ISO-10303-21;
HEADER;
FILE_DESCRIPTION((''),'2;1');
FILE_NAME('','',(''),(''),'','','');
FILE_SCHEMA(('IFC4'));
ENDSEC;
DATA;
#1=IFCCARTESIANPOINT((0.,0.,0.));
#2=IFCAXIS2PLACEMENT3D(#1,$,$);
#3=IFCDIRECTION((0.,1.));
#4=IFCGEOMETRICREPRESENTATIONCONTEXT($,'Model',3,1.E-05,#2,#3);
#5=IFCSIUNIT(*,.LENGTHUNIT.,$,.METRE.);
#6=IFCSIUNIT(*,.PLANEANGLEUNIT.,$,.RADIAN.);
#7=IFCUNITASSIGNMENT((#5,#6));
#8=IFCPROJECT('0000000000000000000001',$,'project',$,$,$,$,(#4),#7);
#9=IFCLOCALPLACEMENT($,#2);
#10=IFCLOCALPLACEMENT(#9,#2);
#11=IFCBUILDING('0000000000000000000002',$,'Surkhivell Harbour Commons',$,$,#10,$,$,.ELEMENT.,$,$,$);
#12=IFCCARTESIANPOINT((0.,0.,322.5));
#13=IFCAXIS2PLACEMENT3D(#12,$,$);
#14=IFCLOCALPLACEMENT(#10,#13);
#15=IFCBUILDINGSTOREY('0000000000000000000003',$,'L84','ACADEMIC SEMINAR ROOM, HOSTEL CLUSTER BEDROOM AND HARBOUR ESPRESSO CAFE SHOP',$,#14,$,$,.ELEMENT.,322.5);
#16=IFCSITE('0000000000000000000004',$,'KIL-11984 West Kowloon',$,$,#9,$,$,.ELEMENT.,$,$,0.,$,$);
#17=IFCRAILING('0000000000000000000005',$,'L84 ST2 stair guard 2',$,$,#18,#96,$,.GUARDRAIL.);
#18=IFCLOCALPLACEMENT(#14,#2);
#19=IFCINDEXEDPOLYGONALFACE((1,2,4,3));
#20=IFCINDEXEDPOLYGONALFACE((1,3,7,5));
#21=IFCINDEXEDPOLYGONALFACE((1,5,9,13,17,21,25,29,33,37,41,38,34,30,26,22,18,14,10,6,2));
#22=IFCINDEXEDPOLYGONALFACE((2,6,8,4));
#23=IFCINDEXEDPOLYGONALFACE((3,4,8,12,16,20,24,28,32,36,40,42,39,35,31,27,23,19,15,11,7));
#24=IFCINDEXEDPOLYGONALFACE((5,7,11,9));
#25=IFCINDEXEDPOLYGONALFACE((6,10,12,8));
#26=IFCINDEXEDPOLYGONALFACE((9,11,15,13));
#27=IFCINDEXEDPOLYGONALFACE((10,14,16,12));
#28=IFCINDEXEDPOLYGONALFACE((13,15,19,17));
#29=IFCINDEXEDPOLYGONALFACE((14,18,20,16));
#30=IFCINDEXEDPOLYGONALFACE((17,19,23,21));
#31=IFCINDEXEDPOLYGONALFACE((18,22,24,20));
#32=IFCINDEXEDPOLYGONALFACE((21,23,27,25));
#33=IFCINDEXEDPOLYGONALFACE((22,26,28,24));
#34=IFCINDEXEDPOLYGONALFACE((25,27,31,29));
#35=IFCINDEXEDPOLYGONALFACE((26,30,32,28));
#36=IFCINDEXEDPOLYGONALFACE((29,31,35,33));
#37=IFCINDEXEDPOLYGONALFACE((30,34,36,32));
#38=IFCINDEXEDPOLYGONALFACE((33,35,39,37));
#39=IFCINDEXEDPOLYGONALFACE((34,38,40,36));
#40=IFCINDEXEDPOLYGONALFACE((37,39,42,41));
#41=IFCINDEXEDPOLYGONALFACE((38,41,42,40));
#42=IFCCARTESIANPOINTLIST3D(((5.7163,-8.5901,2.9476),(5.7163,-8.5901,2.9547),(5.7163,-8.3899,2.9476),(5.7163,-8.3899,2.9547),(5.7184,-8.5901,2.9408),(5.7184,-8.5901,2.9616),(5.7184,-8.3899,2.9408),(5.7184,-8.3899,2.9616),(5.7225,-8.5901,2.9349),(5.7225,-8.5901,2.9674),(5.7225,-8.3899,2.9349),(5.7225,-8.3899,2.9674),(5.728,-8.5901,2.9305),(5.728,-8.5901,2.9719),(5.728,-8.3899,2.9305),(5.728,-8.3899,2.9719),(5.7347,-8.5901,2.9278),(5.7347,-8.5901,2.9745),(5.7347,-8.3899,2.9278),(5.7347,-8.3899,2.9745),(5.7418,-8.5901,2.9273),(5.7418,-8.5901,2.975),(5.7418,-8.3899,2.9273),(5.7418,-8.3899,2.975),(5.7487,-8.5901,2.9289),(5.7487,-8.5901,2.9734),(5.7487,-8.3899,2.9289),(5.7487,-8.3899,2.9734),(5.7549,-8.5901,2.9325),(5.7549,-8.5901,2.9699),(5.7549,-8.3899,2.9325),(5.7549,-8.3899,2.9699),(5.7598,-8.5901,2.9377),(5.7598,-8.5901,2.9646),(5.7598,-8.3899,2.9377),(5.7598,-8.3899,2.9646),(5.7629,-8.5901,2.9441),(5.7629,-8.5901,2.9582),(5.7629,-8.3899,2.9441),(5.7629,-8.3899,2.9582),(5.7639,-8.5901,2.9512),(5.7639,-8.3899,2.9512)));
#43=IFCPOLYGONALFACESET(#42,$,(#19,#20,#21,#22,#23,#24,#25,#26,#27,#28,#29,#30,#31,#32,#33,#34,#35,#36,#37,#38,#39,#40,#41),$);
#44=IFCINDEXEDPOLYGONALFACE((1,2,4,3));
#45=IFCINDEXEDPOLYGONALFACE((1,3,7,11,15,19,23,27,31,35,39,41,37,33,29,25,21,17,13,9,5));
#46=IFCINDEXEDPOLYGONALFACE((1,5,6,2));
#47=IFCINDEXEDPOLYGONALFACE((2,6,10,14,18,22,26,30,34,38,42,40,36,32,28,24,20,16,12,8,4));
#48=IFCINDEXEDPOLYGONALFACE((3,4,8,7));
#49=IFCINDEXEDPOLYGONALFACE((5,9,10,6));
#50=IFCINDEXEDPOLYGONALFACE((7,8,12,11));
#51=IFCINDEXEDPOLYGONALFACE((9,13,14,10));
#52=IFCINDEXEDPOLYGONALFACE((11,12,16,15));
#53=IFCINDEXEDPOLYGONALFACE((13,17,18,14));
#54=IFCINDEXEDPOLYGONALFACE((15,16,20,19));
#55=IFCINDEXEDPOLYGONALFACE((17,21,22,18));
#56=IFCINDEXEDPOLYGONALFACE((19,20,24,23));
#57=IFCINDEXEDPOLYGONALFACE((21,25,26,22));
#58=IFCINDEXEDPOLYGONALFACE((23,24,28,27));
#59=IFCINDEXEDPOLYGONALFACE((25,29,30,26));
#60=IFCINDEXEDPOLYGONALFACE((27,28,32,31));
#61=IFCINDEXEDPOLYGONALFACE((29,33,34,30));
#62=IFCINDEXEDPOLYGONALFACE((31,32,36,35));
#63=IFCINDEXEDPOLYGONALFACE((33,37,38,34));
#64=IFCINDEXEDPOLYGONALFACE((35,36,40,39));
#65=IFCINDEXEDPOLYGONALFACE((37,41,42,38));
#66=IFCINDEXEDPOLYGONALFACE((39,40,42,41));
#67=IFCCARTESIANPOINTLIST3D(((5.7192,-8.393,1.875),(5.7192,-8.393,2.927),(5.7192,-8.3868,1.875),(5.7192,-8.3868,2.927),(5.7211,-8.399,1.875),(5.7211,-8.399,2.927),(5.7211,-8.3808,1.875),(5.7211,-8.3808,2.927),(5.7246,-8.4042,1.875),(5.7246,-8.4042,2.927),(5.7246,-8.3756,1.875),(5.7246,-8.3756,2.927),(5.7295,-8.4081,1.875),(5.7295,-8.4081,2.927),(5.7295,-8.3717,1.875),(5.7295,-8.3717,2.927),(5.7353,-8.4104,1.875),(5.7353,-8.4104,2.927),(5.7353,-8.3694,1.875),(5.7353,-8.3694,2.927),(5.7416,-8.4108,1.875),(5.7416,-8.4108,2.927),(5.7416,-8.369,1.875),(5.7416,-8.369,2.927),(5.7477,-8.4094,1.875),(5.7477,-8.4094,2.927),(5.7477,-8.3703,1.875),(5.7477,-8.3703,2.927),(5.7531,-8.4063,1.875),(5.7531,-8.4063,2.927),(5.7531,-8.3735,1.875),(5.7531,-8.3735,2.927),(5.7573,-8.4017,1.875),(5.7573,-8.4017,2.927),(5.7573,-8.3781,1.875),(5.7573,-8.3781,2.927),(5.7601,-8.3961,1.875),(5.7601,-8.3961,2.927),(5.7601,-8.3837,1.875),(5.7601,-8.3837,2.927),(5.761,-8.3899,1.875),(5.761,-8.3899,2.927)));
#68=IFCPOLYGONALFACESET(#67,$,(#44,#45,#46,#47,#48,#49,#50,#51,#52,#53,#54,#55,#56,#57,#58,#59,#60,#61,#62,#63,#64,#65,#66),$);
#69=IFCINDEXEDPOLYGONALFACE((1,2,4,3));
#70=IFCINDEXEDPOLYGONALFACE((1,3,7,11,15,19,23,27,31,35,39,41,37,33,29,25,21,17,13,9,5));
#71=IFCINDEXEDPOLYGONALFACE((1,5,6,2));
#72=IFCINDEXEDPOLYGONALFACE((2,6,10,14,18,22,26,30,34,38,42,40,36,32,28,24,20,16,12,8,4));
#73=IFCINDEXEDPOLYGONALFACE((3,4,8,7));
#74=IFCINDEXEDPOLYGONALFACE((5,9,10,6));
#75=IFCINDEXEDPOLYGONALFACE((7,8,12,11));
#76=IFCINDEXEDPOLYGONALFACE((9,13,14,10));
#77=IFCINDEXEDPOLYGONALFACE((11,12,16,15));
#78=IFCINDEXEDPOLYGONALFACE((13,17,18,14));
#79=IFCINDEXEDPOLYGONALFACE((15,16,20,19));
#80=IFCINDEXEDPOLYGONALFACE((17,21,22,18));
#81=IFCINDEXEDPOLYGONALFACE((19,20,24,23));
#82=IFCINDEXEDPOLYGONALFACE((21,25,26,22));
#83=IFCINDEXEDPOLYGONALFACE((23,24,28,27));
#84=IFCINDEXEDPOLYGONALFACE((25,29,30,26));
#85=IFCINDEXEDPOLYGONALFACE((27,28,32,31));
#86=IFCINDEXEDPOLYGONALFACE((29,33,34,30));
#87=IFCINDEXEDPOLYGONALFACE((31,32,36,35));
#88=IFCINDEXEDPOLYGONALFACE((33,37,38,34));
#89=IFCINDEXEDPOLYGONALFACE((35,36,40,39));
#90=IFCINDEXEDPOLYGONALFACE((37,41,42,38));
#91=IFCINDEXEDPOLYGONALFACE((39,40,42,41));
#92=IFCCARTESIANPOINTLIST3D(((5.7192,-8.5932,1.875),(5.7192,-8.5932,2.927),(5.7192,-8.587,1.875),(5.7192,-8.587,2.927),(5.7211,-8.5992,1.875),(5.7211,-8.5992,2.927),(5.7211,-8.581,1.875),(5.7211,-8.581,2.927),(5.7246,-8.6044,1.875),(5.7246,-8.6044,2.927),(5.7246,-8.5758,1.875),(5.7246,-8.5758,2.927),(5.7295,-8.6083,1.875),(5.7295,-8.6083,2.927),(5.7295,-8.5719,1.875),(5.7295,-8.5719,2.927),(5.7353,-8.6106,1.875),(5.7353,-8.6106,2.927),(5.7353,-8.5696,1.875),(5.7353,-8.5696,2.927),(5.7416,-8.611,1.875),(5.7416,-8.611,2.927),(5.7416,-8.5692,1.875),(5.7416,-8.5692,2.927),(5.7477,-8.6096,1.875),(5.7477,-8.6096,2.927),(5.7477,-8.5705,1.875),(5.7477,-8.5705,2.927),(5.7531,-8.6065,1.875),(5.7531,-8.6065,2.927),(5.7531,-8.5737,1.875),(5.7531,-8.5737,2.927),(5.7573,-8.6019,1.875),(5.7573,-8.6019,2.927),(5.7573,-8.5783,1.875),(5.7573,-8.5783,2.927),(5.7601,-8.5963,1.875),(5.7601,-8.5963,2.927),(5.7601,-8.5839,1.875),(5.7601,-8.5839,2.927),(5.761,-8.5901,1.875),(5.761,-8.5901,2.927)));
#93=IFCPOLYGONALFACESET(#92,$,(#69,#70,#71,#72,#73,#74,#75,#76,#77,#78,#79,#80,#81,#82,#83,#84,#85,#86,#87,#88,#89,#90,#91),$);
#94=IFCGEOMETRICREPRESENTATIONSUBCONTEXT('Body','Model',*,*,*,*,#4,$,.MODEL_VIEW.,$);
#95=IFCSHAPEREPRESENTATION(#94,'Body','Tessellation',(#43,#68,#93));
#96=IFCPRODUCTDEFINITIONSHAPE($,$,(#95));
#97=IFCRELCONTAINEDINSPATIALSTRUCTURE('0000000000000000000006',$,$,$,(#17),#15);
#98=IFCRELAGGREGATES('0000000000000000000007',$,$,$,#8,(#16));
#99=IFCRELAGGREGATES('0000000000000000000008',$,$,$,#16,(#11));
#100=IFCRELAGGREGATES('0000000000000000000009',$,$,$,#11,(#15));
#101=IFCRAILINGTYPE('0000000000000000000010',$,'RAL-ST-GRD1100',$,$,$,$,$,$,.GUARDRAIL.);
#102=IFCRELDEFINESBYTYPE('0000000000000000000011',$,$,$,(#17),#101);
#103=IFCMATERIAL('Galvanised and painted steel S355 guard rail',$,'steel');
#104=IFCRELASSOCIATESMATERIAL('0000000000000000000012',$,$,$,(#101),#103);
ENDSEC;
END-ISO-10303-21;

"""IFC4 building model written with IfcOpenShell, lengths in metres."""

from ifc_helpers import new_model, si_unit, direction, frame, origin, origin_2d, place, context, subcontext, project, spatial, circle, extrude, material, type_object, element, save


model = new_model("IFC4")

# Units and contexts
model_context = context("Model", 3, precision=1e-05, world=origin(), true_north=direction((0.0, 1.0)))
body_context = subcontext(model_context, "Body", "Model", "MODEL_VIEW")
ifc_project = project(units=[si_unit("LENGTHUNIT", "METRE"), si_unit("PLANEANGLEUNIT", "RADIAN")], contexts=[model_context])

# Site, building, storey
site_placement = place(None, origin())
site = spatial("IfcSite", under=ifc_project, at=site_placement, Name="KIL-11984 West Kowloon", CompositionType="ELEMENT", RefElevation=0.0)
building_placement = place(site_placement, origin())
building = spatial("IfcBuilding", under=site, at=building_placement, Name="Surkhivell Harbour Commons", CompositionType="ELEMENT")
storey_placement = place(building_placement, frame((0.0, 0.0, 322.5)))
storey = spatial("IfcBuildingStorey", under=building, at=storey_placement, Name="L84", Description="ACADEMIC SEMINAR ROOM, HOSTEL CLUSTER BEDROOM AND HARBOUR ESPRESSO CAFE SHOP", CompositionType="ELEMENT", Elevation=322.5)

# Railing
ifc_material_1 = material(Name="Galvanised and painted steel S355 guard rail", Category="steel")
railing_type_1 = type_object("IfcRailingType", Name="RAL-ST-GRD1100", PredefinedType="GUARDRAIL", material=ifc_material_1)
railing_1_placement = place(storey_placement, frame((5.74, -8.3899, 1.875)))
element("IfcRailing", 1, at=railing_1_placement, inside=storey, type_object=railing_type_1, Name="L84 ST2 stair guard 2", PredefinedType="GUARDRAIL", context=body_context, shape_type="SweptSolid", body=[
    extrude(circle(Radius=0.0239, at=origin_2d()), frame((0.0, 0.0, 1.0762), z_axis=(0.0, -1.0, 0.0), x_axis=(1.0, 0.0, 0.0)), (0.0, 0.0, 1.0), 0.2002),
    extrude(circle(Radius=0.021, at=origin_2d()), origin(), (0.0, 0.0, 1.0), 1.052),
    extrude(circle(Radius=0.021, at=origin_2d()), frame((0.0, -0.2002, 0.0)), (0.0, 0.0, 1.0), 1.052),
])

save(model, "model.ifc")
